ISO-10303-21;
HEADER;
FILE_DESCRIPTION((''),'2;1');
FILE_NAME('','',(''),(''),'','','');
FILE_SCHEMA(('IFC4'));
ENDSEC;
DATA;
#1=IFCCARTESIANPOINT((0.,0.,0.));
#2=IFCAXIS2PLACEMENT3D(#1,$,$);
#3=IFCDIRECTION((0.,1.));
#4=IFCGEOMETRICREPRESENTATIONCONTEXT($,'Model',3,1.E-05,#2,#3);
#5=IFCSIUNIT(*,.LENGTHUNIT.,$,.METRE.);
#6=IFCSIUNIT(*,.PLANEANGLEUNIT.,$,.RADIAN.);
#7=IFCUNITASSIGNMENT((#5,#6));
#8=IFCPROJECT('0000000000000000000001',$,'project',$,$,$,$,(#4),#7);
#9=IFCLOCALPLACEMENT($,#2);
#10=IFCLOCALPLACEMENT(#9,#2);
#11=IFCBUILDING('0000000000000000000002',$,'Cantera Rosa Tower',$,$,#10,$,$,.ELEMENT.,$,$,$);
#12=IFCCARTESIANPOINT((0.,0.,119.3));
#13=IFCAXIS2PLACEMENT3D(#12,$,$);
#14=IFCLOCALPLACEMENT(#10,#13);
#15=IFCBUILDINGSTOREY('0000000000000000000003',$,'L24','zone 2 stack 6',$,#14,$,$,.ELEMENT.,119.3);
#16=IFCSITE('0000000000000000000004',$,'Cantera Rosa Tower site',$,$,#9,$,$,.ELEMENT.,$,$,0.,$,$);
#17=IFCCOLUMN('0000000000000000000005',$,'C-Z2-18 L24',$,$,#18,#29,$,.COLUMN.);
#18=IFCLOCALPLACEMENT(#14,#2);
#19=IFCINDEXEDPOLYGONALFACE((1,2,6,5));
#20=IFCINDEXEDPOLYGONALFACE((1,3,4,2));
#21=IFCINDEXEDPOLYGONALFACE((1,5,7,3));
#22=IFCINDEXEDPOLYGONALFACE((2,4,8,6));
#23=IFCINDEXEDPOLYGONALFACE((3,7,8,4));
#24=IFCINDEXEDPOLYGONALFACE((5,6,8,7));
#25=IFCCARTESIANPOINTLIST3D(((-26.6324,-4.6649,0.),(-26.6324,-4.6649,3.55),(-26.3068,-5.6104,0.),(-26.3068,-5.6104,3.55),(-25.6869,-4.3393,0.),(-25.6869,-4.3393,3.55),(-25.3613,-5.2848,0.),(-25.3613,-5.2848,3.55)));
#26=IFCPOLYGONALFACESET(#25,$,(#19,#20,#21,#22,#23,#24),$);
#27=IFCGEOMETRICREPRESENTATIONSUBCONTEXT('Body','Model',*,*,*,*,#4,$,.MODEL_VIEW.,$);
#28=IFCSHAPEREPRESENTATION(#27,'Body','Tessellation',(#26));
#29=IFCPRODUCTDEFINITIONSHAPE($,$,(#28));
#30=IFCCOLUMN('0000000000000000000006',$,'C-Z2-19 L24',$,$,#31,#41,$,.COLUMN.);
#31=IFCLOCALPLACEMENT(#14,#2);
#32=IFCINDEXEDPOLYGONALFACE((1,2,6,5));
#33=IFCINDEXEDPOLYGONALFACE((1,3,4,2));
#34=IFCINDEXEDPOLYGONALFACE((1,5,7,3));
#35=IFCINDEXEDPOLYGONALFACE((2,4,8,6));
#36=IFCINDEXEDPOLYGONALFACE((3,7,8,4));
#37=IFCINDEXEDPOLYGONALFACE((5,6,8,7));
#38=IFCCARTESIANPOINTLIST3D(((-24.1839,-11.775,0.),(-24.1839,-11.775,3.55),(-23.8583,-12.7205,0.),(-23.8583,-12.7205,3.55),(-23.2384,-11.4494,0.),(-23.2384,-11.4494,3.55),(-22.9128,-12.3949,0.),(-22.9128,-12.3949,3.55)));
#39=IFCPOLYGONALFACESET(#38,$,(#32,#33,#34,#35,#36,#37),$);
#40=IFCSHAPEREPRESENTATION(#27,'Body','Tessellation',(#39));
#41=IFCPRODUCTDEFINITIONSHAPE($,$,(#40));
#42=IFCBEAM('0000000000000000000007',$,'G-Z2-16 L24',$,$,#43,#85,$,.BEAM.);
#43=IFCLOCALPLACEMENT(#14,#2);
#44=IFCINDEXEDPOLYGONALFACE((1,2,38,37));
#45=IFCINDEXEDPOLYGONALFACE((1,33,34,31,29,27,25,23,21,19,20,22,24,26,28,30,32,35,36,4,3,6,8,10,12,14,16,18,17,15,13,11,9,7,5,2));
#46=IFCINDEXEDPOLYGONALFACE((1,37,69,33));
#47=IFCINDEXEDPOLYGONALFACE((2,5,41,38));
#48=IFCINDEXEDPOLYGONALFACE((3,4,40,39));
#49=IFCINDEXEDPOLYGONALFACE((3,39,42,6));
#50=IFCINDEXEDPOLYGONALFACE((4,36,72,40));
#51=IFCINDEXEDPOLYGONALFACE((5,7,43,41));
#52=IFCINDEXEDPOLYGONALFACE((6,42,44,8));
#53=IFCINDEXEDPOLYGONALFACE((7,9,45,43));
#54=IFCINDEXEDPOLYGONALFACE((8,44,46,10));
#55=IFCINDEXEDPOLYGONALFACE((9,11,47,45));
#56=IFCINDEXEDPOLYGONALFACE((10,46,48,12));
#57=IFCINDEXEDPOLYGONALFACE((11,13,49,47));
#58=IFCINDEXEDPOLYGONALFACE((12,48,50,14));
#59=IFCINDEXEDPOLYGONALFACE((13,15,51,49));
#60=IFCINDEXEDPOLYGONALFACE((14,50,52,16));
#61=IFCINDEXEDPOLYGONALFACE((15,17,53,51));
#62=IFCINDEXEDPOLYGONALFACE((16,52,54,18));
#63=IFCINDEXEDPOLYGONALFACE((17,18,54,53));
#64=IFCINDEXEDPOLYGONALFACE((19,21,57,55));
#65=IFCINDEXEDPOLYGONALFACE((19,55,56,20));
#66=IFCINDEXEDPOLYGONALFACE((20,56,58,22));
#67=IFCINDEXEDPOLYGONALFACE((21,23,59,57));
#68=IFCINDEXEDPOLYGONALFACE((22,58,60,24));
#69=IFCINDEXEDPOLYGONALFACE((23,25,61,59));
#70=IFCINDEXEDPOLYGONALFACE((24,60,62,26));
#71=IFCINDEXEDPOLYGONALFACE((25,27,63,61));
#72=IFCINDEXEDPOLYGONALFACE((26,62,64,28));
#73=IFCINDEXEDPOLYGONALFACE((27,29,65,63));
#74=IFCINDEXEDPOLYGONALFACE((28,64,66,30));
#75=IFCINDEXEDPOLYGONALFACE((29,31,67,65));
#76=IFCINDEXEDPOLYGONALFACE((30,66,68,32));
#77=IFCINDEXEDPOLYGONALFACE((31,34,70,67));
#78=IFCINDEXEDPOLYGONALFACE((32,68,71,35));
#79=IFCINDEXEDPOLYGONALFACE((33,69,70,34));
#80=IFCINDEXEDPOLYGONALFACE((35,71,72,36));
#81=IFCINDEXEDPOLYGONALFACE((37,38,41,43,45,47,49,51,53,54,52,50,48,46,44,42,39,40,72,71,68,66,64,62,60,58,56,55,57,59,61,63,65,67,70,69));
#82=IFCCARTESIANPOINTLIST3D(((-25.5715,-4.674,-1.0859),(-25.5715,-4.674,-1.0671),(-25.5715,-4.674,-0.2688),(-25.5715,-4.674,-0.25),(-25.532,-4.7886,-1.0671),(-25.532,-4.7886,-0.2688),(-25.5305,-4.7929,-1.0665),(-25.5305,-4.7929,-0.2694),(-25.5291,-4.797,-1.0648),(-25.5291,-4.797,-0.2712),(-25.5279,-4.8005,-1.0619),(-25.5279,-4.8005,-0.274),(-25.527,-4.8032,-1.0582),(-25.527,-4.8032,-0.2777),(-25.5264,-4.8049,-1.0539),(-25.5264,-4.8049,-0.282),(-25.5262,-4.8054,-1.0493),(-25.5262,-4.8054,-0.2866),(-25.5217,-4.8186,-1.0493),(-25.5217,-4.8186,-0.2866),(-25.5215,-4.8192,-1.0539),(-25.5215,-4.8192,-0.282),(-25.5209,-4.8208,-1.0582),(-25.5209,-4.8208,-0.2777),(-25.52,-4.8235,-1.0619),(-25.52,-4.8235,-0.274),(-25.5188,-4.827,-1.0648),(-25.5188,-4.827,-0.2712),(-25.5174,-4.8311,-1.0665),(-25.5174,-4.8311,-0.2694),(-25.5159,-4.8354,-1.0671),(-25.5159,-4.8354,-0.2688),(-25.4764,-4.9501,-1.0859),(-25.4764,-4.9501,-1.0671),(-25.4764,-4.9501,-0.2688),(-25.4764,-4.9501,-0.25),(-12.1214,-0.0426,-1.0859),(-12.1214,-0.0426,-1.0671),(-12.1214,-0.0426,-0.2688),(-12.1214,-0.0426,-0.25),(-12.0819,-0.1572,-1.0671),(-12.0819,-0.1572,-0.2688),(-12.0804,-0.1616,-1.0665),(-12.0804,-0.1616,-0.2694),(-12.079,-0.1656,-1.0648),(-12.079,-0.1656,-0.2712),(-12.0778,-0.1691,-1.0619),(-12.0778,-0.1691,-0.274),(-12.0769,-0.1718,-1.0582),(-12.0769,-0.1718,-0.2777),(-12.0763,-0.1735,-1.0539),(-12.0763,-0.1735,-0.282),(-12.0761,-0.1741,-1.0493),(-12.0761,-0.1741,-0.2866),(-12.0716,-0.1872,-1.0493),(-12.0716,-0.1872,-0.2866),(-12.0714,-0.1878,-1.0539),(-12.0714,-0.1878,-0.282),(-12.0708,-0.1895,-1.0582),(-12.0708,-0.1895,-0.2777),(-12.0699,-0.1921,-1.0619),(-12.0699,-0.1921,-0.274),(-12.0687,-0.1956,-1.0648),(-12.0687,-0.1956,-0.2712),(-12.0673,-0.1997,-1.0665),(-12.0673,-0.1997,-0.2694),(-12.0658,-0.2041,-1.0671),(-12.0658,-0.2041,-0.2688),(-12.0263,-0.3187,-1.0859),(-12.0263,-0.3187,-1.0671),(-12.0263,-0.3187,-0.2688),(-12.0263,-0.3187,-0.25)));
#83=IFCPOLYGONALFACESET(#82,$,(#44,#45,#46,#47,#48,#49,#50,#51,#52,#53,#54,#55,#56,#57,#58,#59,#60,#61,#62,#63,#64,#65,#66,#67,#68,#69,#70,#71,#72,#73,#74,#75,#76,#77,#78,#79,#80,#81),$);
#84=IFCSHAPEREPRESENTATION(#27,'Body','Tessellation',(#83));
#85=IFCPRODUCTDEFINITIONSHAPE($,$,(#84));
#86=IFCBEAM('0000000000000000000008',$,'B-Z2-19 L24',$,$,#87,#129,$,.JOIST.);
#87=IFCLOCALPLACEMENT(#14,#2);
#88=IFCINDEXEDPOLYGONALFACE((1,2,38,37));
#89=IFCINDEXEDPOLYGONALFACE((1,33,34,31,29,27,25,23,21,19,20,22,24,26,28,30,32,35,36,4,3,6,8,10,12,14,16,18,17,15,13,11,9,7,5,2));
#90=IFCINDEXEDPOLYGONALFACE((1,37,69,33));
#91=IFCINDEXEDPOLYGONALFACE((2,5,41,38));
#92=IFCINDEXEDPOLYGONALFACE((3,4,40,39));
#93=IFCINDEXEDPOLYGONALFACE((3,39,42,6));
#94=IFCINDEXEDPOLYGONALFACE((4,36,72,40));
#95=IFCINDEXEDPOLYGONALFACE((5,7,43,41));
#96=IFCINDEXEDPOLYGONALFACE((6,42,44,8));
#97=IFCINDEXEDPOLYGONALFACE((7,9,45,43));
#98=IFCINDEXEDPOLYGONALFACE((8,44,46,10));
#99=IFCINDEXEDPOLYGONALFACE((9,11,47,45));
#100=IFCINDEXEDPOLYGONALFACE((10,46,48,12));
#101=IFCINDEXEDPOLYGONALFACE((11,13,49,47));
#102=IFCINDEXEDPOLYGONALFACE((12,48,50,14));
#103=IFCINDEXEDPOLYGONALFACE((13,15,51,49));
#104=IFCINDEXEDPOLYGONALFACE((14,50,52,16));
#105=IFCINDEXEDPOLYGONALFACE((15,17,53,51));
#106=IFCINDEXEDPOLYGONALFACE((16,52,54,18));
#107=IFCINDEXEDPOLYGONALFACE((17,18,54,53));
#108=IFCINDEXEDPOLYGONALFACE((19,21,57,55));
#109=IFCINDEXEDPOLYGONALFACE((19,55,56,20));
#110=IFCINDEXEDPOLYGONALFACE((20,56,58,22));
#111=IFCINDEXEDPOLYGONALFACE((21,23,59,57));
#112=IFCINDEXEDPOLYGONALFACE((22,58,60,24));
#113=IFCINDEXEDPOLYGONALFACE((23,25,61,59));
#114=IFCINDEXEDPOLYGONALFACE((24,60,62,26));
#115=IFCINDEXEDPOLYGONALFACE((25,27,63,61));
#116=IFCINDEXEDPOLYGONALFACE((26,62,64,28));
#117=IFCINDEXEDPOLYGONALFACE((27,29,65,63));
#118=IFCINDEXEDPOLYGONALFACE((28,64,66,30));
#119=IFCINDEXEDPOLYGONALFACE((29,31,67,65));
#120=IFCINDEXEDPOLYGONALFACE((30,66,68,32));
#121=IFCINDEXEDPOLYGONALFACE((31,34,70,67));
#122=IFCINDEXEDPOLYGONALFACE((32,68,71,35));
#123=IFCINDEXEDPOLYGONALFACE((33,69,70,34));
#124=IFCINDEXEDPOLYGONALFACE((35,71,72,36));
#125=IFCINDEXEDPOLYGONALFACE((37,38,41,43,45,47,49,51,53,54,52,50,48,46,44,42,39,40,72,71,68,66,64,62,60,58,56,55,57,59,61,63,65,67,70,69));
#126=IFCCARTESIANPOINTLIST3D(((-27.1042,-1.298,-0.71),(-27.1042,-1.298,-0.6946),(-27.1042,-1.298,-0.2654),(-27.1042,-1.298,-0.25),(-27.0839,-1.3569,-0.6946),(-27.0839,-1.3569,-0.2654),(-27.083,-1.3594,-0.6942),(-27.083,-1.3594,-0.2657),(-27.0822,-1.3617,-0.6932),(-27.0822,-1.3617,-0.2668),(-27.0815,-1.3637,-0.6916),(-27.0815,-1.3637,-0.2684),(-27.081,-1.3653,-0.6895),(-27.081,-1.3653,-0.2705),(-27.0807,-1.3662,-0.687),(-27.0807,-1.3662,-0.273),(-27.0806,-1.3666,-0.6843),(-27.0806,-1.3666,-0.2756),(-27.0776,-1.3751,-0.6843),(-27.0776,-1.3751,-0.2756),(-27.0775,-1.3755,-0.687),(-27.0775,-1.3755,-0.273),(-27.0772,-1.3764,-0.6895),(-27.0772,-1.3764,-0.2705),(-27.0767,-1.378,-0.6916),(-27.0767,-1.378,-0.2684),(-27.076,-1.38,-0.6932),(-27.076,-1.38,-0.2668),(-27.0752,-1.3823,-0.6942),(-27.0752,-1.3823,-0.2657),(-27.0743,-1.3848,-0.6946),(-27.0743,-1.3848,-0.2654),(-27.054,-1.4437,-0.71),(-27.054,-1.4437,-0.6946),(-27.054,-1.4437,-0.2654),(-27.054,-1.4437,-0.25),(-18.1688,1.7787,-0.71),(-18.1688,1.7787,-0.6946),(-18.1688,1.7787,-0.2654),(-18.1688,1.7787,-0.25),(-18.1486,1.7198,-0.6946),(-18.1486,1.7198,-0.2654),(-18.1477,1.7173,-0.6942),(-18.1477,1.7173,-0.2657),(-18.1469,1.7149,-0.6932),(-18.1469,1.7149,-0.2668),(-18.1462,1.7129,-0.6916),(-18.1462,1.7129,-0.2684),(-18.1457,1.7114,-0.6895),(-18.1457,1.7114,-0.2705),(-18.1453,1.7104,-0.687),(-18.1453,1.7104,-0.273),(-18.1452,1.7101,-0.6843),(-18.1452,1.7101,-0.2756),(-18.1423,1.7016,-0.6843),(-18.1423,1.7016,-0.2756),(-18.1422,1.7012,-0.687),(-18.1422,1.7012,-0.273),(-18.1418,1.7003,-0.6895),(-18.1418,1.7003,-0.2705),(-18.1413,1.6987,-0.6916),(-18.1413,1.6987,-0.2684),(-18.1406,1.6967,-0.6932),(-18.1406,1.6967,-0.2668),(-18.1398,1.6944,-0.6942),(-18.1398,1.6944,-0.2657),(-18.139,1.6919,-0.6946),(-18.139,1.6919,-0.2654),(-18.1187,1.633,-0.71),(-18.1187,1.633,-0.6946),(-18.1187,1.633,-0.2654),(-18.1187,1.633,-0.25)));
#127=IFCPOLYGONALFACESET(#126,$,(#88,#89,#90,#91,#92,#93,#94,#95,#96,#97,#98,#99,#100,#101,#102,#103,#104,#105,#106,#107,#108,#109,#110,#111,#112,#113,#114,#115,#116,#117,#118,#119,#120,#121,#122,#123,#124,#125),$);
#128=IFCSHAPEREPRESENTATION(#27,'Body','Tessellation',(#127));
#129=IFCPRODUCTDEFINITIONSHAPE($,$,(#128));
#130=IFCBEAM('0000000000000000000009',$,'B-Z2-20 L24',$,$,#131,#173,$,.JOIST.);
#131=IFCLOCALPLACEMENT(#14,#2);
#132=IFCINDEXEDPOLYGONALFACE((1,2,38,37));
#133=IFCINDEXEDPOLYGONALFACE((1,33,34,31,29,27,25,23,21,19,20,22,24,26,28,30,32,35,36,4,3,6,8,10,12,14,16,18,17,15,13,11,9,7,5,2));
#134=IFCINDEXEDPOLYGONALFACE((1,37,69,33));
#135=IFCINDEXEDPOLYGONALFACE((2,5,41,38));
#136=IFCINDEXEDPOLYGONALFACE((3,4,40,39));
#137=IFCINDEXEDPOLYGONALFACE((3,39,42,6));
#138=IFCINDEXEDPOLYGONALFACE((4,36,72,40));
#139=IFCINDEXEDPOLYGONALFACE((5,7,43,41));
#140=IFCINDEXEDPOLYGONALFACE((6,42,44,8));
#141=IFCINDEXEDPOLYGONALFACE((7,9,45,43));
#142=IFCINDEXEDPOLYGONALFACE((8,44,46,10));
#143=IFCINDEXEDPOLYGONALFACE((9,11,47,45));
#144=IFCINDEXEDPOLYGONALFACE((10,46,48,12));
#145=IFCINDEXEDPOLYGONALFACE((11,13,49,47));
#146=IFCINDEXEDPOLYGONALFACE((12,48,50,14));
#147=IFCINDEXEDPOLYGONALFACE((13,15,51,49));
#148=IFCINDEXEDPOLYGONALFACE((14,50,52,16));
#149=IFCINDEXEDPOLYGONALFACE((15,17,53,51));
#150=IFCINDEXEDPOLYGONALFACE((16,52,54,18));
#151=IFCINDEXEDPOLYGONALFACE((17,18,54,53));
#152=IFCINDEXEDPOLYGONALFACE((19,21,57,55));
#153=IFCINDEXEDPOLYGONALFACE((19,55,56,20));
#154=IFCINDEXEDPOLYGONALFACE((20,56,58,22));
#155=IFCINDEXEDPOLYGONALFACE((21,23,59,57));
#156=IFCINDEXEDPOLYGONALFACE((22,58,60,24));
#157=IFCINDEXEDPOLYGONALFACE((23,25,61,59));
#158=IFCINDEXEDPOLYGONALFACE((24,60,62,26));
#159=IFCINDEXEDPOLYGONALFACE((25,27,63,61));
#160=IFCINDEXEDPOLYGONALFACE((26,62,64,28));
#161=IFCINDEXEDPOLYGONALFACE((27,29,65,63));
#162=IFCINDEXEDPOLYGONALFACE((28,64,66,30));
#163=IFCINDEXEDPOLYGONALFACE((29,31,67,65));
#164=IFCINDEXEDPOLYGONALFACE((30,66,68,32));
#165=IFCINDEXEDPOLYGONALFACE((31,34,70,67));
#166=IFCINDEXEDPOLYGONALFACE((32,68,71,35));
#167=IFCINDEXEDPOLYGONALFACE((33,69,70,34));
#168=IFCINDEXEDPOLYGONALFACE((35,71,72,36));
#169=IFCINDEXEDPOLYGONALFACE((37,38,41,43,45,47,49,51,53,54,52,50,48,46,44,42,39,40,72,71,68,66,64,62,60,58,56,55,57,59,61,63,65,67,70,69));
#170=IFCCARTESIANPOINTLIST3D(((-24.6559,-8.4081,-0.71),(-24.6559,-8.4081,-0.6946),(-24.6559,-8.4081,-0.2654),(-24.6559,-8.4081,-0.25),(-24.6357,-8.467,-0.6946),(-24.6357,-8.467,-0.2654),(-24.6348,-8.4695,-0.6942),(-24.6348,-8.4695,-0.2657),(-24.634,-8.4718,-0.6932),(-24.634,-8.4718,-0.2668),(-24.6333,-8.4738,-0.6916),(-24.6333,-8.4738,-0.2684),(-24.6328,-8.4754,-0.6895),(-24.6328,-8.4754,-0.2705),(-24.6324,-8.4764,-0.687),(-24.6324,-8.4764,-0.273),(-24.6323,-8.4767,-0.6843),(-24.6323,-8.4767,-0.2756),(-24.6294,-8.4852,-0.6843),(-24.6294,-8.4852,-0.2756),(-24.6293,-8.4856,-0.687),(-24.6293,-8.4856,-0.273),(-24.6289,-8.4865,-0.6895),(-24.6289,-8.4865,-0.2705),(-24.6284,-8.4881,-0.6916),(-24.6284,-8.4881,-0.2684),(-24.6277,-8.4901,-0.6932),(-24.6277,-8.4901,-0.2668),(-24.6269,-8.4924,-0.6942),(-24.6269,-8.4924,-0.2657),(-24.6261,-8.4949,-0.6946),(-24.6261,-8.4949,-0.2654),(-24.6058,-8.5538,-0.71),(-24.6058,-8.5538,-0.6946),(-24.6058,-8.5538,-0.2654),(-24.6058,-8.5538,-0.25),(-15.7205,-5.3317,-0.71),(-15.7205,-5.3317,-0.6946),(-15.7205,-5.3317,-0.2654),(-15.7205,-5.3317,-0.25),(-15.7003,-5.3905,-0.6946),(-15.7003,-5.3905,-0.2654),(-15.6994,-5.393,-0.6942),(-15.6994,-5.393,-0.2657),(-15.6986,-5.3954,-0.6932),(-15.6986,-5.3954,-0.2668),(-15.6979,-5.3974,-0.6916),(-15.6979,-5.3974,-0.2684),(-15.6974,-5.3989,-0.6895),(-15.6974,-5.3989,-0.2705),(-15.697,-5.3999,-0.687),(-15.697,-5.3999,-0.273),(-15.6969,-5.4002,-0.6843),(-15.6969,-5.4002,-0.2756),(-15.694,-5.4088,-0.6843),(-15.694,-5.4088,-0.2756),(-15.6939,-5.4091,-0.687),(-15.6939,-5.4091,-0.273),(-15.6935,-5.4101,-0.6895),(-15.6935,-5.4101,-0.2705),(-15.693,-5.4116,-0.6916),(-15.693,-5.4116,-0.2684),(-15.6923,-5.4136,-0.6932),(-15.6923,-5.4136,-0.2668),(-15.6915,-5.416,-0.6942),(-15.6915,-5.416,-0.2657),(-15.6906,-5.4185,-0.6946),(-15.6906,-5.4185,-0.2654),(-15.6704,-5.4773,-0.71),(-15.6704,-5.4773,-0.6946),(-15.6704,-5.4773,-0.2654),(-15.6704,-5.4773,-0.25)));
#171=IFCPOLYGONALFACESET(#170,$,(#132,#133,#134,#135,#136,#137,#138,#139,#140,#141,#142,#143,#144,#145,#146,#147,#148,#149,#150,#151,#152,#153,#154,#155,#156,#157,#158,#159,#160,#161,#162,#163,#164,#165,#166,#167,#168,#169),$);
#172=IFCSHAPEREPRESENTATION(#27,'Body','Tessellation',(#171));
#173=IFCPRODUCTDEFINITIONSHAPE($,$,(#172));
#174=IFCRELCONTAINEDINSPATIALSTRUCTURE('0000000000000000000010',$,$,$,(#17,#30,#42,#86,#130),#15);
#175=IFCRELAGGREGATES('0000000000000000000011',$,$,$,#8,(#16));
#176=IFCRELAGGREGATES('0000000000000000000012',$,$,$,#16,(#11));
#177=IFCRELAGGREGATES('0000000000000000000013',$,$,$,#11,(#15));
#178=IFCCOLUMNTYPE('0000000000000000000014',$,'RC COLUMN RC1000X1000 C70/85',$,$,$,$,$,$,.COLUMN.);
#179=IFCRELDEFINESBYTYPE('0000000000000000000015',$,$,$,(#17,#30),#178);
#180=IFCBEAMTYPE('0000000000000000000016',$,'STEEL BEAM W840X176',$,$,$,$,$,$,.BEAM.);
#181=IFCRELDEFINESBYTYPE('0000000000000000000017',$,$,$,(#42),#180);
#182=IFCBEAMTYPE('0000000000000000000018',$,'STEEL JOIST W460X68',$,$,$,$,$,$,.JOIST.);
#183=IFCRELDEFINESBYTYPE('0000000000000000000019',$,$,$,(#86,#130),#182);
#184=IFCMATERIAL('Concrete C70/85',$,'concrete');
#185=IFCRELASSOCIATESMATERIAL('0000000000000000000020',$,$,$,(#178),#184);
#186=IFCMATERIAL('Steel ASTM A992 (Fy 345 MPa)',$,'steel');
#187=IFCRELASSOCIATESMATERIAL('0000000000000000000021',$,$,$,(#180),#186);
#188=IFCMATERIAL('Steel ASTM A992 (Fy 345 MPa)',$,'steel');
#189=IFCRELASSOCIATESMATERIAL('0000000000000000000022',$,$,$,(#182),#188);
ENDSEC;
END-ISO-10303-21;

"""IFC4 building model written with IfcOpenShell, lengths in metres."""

from ifc_helpers import new_model, si_unit, direction, frame, origin, origin_2d, place, context, subcontext, project, spatial, rectangle, i_section, extrude, material, material_profile, profile_set, type_object, element, save


model = new_model("IFC4")

# Units and contexts
model_context = context("Model", 3, precision=1e-05, world=origin(), true_north=direction((0.0, 1.0)))
body_context = subcontext(model_context, "Body", "Model", "MODEL_VIEW")
ifc_project = project(units=[si_unit("LENGTHUNIT", "METRE"), si_unit("PLANEANGLEUNIT", "RADIAN")], contexts=[model_context])

# Site, building, storey
site_placement = place(None, origin())
site = spatial("IfcSite", under=ifc_project, at=site_placement, Name="Cantera Rosa Tower site", CompositionType="ELEMENT", RefElevation=0.0)
building_placement = place(site_placement, origin())
building = spatial("IfcBuilding", under=site, at=building_placement, Name="Cantera Rosa Tower", CompositionType="ELEMENT")
storey_placement = place(building_placement, frame((0.0, 0.0, 119.3)))
storey = spatial("IfcBuildingStorey", under=building, at=storey_placement, Name="L24", Description="zone 2 stack 6", CompositionType="ELEMENT", Elevation=119.3)

# Columns
ifc_material_1 = material(Name="Concrete C70/85", Category="concrete")
ifc_material_profile_1 = material_profile(ifc_material_1, rectangle(XDim=1.0, YDim=1.0, at=origin_2d()), Name="RC COLUMN RC1000X1000 C70/85")
ifc_profile_set_1 = profile_set([ifc_material_profile_1], Name="Concrete C70/85")
column_type = type_object("IfcColumnType", Name="RC COLUMN RC1000X1000 C70/85", PredefinedType="COLUMN", material=ifc_profile_set_1)
for number, where, z_axis, x_axis, name in (
    (1, (-25.9968, -4.9749, 0.0), (0.0, 0.0, 1.0), (0.945519, 0.325568, 0.0), "C-Z2-18 L24"),
    (2, (-23.5483, -12.085, 0.0), (0.0, 0.0, 1.0), (0.945519, 0.325568, 0.0), "C-Z2-19 L24"),
):
    element("IfcColumn", number, at=place(storey_placement, frame(where, z_axis=z_axis, x_axis=x_axis)), inside=storey, type_object=column_type, Name=name, PredefinedType="COLUMN", context=body_context, shape_type="SweptSolid", body=[
        extrude(rectangle(XDim=1.0, YDim=1.0, at=origin_2d()), origin(), (0.0, 0.0, 1.0), 3.55),
    ])

# Beams
ifc_material_2 = material(Name="Steel ASTM A992 (Fy 345 MPa)", Category="steel")
ifc_material_profile_2 = material_profile(ifc_material_2, i_section(OverallWidth=0.292, OverallDepth=0.8359, WebThickness=0.0139, FlangeThickness=0.0188, FilletRadius=0.0178, at=origin_2d()), Name="W840X176")
ifc_profile_set_2 = profile_set([ifc_material_profile_2], Name="Steel ASTM A992 (Fy 345 MPa)")
beam_type_1 = type_object("IfcBeamType", Name="STEEL BEAM W840X176", PredefinedType="BEAM", material=ifc_profile_set_2)
beam_placement = place(storey_placement, frame((-25.5239, -4.812, -0.668), z_axis=(0.945515, 0.325578, 0.0), x_axis=(-0.325578, 0.945515, 0.0)))
element("IfcBeam", 3, at=beam_placement, inside=storey, type_object=beam_type_1, Name="G-Z2-16 L24", PredefinedType="BEAM", context=body_context, shape_type="SweptSolid", body=[
    extrude(i_section(OverallWidth=0.292, OverallDepth=0.8359, WebThickness=0.0139, FlangeThickness=0.0188, FilletRadius=0.0178, at=origin_2d()), origin(), (0.0, 0.0, 1.0), 14.2251),
])
ifc_material_3 = material(Name="Steel ASTM A992 (Fy 345 MPa)", Category="steel")
ifc_material_profile_3 = material_profile(ifc_material_3, i_section(OverallWidth=0.1541, OverallDepth=0.46, WebThickness=0.009, FlangeThickness=0.0154, FilletRadius=0.0103, at=origin_2d()), Name="W460X68")
ifc_profile_set_3 = profile_set([ifc_material_profile_3], Name="Steel ASTM A992 (Fy 345 MPa)")
beam_type_2 = type_object("IfcBeamType", Name="STEEL JOIST W460X68", PredefinedType="JOIST", material=ifc_profile_set_3)
for number, where, z_axis, x_axis, name in (
    (4, (-27.0791, -1.3708, -0.48), (0.945519, 0.325567, 0.0), (-0.325567, 0.945519, 0.0), "B-Z2-19 L24"),
    (5, (-24.6309, -8.481, -0.48), (0.945527, 0.325544, 0.0), (-0.325544, 0.945527, 0.0), "B-Z2-20 L24"),
):
    element("IfcBeam", number, at=place(storey_placement, frame(where, z_axis=z_axis, x_axis=x_axis)), inside=storey, type_object=beam_type_2, Name=name, PredefinedType="JOIST", context=body_context, shape_type="SweptSolid", body=[
        extrude(i_section(OverallWidth=0.1541, OverallDepth=0.46, WebThickness=0.009, FlangeThickness=0.0154, FilletRadius=0.0103, at=origin_2d()), origin(), (0.0, 0.0, 1.0), 9.4502),
    ])

save(model, "model.ifc")
